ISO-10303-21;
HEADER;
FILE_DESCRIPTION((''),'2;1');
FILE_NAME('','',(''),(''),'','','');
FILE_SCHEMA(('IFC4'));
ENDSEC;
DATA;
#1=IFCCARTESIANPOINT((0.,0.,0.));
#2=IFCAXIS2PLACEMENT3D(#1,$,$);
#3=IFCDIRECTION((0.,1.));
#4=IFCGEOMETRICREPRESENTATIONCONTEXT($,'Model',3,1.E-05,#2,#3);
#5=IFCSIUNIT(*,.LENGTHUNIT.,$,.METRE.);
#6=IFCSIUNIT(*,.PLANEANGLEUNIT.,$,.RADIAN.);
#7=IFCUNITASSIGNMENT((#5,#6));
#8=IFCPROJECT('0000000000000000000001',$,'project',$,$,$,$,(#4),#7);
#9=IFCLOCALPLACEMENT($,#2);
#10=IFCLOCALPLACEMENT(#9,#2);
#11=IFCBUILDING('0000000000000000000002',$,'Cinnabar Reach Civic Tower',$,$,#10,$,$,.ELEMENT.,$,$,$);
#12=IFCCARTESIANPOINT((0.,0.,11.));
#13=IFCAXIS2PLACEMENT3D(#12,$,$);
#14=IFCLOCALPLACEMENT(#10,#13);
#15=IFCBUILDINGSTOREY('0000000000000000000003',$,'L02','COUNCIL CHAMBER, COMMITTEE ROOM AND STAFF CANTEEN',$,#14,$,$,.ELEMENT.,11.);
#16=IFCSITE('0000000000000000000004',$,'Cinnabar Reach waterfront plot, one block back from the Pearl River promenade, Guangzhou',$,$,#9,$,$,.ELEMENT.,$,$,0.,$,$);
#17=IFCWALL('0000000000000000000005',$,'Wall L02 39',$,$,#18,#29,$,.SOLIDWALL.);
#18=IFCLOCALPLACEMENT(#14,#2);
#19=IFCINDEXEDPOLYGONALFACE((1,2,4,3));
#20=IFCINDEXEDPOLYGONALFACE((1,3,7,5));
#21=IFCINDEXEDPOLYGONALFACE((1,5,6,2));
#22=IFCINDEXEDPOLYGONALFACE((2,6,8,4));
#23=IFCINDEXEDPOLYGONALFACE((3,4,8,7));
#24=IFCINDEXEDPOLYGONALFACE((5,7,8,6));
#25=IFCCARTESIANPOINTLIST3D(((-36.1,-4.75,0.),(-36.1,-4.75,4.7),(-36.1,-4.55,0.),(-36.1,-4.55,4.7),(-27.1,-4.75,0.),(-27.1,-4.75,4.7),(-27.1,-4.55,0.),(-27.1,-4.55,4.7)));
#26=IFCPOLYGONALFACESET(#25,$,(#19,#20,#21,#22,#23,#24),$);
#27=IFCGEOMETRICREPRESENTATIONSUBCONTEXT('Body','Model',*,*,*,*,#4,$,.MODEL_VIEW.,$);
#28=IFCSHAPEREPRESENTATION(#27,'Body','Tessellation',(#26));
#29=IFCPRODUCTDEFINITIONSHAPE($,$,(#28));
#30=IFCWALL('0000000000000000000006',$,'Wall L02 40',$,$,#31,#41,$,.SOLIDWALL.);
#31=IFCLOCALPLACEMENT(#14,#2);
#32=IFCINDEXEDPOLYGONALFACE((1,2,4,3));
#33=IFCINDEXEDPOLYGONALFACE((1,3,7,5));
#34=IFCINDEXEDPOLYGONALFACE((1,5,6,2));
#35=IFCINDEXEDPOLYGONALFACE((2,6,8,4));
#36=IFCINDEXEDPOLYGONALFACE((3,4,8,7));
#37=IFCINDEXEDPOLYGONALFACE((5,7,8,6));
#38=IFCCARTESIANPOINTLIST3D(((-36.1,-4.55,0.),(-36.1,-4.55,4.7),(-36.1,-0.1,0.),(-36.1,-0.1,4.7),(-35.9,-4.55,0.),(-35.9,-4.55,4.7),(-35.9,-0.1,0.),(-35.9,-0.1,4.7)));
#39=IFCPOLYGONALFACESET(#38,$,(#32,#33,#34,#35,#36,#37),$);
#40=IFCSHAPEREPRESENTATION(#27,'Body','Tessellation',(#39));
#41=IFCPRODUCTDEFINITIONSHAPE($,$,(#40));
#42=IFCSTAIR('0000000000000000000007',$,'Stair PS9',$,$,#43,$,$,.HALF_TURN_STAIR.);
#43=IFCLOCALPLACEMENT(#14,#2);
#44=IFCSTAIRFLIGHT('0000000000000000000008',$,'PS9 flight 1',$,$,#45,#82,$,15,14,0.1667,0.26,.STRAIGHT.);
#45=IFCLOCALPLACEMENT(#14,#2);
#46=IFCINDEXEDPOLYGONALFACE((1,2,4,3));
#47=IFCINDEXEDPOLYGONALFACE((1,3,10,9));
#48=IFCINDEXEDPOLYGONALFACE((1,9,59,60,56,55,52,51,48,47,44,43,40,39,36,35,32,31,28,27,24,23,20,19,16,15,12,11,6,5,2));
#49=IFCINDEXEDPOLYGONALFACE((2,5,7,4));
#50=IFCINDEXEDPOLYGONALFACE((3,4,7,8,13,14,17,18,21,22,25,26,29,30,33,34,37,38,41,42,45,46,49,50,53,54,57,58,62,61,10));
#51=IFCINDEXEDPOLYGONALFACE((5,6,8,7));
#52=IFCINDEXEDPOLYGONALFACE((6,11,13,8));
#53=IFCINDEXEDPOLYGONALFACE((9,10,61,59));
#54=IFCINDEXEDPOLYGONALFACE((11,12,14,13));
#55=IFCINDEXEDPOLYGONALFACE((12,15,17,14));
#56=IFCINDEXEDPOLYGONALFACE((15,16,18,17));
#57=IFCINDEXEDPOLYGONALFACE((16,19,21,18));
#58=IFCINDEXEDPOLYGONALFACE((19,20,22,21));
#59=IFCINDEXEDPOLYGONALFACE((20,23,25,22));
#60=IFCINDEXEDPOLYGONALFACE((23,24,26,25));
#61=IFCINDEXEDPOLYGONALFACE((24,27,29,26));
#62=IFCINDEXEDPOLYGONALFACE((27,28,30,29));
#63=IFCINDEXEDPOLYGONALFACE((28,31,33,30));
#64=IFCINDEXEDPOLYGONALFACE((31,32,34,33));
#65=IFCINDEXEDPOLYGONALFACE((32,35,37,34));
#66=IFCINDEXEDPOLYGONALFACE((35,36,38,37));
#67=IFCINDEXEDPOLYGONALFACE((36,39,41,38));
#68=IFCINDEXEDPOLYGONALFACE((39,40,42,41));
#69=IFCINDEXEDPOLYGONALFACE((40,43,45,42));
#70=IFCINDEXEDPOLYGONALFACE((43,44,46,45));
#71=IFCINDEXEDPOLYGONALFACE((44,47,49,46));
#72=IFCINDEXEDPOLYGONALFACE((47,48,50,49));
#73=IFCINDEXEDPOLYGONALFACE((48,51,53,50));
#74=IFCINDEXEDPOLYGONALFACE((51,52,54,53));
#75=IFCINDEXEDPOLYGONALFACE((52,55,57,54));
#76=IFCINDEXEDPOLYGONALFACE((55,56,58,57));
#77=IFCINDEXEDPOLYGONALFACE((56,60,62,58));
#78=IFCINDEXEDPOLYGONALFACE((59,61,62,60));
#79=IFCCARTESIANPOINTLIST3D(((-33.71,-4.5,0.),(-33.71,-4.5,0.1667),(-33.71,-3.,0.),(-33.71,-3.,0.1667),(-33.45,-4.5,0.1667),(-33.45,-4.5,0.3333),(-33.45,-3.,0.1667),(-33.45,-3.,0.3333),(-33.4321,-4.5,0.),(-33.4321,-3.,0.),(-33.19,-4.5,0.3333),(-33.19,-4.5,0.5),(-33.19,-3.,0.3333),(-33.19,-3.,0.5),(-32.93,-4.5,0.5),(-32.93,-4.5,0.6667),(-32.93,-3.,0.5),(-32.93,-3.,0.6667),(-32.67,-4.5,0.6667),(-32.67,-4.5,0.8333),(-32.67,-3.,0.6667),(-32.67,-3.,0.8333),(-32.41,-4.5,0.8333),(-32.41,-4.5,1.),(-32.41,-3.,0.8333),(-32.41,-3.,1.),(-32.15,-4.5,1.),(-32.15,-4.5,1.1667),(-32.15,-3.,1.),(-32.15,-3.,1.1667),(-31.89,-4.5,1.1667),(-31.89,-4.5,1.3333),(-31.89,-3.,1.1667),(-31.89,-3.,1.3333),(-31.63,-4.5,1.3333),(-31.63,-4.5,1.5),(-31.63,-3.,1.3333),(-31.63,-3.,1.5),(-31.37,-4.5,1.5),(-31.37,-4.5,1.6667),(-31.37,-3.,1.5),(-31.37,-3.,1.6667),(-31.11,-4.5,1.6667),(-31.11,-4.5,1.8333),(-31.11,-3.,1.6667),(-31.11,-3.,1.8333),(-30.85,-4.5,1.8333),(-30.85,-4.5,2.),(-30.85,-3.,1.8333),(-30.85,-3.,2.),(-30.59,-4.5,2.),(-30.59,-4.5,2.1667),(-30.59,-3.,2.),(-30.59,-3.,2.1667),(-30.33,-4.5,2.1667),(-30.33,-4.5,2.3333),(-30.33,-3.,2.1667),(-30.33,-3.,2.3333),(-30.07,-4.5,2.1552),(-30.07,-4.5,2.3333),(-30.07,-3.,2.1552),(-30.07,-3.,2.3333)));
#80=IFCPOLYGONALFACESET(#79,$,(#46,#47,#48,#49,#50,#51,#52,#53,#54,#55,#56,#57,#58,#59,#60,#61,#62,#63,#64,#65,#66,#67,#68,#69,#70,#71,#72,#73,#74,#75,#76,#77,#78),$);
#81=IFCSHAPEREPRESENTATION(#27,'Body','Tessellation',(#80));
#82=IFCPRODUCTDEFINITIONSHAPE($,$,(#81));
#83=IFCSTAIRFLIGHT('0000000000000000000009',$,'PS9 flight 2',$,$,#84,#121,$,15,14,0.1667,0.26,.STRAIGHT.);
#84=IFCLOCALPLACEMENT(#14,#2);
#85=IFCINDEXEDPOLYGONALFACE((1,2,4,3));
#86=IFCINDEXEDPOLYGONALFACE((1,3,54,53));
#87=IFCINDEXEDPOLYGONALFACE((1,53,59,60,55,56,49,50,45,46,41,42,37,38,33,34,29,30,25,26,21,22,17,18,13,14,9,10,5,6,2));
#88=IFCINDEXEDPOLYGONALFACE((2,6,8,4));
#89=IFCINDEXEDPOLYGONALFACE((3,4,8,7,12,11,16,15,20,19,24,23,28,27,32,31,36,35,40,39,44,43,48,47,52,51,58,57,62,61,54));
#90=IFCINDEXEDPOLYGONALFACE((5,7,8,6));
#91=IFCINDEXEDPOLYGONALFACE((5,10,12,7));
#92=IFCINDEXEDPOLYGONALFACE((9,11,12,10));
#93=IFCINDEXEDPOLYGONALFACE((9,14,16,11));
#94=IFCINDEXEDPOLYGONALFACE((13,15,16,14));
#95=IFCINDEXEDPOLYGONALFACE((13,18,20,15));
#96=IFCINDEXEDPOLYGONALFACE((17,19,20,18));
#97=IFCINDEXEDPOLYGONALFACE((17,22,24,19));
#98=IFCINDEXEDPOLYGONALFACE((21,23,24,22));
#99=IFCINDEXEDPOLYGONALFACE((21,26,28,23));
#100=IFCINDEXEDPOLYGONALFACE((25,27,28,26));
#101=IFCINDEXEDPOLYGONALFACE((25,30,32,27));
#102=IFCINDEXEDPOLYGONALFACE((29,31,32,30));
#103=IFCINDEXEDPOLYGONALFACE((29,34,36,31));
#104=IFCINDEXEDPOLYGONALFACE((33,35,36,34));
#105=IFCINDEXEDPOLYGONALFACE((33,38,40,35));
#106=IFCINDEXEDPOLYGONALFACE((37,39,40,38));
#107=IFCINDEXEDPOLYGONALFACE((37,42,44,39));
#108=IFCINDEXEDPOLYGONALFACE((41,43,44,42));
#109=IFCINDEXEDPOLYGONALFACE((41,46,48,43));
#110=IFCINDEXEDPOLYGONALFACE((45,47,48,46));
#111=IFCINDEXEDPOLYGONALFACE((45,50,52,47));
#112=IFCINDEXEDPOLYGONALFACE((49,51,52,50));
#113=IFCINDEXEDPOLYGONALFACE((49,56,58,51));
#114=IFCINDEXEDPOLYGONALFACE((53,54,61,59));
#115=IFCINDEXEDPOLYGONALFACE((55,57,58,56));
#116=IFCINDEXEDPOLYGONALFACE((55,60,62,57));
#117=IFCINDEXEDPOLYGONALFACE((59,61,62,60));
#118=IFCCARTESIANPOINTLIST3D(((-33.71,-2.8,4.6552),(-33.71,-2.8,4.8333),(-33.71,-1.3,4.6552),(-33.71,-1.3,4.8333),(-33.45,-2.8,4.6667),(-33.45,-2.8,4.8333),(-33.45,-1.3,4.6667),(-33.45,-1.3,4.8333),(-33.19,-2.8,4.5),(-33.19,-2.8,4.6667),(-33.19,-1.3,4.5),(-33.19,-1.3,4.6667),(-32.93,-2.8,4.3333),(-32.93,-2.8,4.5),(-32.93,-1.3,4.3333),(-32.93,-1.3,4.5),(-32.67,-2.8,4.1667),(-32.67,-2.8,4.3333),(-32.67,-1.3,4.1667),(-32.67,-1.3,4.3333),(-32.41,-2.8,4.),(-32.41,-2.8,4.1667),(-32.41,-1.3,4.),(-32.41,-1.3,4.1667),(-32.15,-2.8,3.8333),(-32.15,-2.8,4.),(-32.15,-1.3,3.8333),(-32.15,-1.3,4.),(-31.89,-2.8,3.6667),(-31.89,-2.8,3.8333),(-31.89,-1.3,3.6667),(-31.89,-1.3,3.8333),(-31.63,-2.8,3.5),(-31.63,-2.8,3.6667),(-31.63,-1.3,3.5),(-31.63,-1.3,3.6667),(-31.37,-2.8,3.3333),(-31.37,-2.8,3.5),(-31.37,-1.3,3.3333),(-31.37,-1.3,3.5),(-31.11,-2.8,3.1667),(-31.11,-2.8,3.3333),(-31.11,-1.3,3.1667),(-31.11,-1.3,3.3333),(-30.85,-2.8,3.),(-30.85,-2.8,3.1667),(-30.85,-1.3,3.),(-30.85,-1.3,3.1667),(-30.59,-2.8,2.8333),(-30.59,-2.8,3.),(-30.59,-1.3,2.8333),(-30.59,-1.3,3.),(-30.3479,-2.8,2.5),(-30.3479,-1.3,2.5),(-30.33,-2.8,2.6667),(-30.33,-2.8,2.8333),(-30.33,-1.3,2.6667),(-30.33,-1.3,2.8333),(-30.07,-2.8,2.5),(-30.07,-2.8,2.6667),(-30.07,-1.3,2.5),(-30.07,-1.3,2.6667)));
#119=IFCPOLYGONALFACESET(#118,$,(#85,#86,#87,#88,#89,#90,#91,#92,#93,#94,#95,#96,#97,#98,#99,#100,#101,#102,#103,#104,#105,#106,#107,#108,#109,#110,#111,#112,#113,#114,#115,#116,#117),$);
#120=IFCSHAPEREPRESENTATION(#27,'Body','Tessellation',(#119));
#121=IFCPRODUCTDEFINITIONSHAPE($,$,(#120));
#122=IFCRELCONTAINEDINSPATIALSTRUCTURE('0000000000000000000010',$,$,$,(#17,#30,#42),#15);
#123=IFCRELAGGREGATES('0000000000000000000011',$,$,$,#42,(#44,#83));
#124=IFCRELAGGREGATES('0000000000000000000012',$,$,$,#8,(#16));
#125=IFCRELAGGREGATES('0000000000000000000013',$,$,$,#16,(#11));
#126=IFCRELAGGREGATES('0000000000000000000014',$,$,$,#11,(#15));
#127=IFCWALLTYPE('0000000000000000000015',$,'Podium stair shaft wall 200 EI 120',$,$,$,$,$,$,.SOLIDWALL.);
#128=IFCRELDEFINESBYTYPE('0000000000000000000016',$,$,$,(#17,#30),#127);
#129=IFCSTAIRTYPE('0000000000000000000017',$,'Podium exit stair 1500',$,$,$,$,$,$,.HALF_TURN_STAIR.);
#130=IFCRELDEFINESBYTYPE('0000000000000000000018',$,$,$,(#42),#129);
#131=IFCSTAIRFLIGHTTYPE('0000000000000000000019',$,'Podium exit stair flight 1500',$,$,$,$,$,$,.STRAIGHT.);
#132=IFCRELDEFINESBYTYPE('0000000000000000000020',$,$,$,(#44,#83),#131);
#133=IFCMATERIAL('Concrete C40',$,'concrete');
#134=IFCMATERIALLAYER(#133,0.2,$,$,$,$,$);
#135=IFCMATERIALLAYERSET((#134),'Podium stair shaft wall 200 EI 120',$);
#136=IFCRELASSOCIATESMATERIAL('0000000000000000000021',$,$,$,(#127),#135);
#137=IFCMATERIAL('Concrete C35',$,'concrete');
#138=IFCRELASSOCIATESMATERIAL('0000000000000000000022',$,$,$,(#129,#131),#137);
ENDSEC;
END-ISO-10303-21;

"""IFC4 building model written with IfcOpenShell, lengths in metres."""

from ifc_helpers import new_model, si_unit, direction, frame, frame_2d, origin, place, context, subcontext, project, spatial, polyline, rectangle, outline, extrude, material, layer, layer_set, type_object, element, aggregate, save


model = new_model("IFC4")

# Units and contexts
model_context = context("Model", 3, precision=1e-05, world=origin(), true_north=direction((0.0, 1.0)))
body_context = subcontext(model_context, "Body", "Model", "MODEL_VIEW")
ifc_project = project(units=[si_unit("LENGTHUNIT", "METRE"), si_unit("PLANEANGLEUNIT", "RADIAN")], contexts=[model_context])

# Site, building, storey
site_placement = place(None, origin())
site = spatial("IfcSite", under=ifc_project, at=site_placement, Name="Cinnabar Reach waterfront plot, one block back from the Pearl River promenade, Guangzhou", CompositionType="ELEMENT", RefElevation=0.0)
building_placement = place(site_placement, origin())
building = spatial("IfcBuilding", under=site, at=building_placement, Name="Cinnabar Reach Civic Tower", CompositionType="ELEMENT")
storey_placement = place(building_placement, frame((0.0, 0.0, 11.0)))
storey = spatial("IfcBuildingStorey", under=building, at=storey_placement, Name="L02", Description="COUNCIL CHAMBER, COMMITTEE ROOM AND STAFF CANTEEN", CompositionType="ELEMENT", Elevation=11.0)

# Shared definitions
ifc_material_1 = material(Name="Concrete C40", Category="concrete")
ifc_layer_1 = layer(ifc_material_1, 0.2)
ifc_layer_set_1 = layer_set([ifc_layer_1], Name="Podium stair shaft wall 200 EI 120")
wall_type_1 = type_object("IfcWallType", Name="Podium stair shaft wall 200 EI 120", PredefinedType="SOLIDWALL", material=ifc_layer_set_1)

# Walls
wall_1_placement = place(storey_placement, frame((-36.1, -4.65, 0.0), z_axis=(0.0, 0.0, 1.0), x_axis=(1.0, 0.0, 0.0)))
element("IfcWall", 1, at=wall_1_placement, inside=storey, type_object=wall_type_1, Name="Wall L02 39", PredefinedType="SOLIDWALL", context=body_context, shape_type="SweptSolid", body=[
    extrude(rectangle(XDim=9.0, YDim=0.2, at=frame_2d((4.5, 0.0))), origin(), (0.0, 0.0, 1.0), 4.7),
])
wall_2_placement = place(storey_placement, frame((-36.0, -4.55, 0.0), z_axis=(0.0, 0.0, 1.0), x_axis=(0.0, 1.0, 0.0)))
element("IfcWall", 2, at=wall_2_placement, inside=storey, type_object=wall_type_1, Name="Wall L02 40", PredefinedType="SOLIDWALL", context=body_context, shape_type="SweptSolid", body=[
    extrude(rectangle(XDim=4.45, YDim=0.2, at=frame_2d((2.225, 0.0))), origin(), (0.0, 0.0, 1.0), 4.7),
])

# Stair, stair flights
ifc_material_2 = material(Name="Concrete C35", Category="concrete")
stair_type = type_object("IfcStairType", Name="Podium exit stair 1500", PredefinedType="HALF_TURN_STAIR", material=ifc_material_2)
stair_placement = place(storey_placement, origin())
stair = element("IfcStair", 3, at=stair_placement, inside=storey, type_object=stair_type, Name="Stair PS9", PredefinedType="HALF_TURN_STAIR")
stair_flight_type = type_object("IfcStairFlightType", Name="Podium exit stair flight 1500", PredefinedType="STRAIGHT", material=ifc_material_2)
stair_flight_1_placement = place(storey_placement, frame((-33.71, -3.75, 0.0), z_axis=(0.0, 0.0, 1.0), x_axis=(1.0, 0.0, 0.0)))
stair_flight_1 = element("IfcStairFlight", 4, at=stair_flight_1_placement, type_object=stair_flight_type, Name="PS9 flight 1", NumberOfRisers=15, NumberOfTreads=14, PredefinedType="STRAIGHT", RiserHeight=0.1667, TreadLength=0.26, context=body_context, shape_type="SweptSolid", body=[
    extrude(outline(polyline([(0.0, 0.0), (0.0, 0.1667), (0.26, 0.1667), (0.26, 0.3333), (0.52, 0.3333), (0.52, 0.5), (0.78, 0.5), (0.78, 0.6667), (1.04, 0.6667), (1.04, 0.8333), (1.3, 0.8333), (1.3, 1.0), (1.56, 1.0), (1.56, 1.1667), (1.82, 1.1667), (1.82, 1.3333), (2.08, 1.3333), (2.08, 1.5), (2.34, 1.5), (2.34, 1.6667), (2.6, 1.6667), (2.6, 1.8333), (2.86, 1.8333), (2.86, 2.0), (3.12, 2.0), (3.12, 2.1667), (3.38, 2.1667), (3.38, 2.3333), (3.64, 2.3333), (3.64, 2.5), (3.64, 2.1552), (0.2779, 0.0), (0.0, 0.0)])), frame((0.0, 0.75, 0.0), z_axis=(0.0, -1.0, 0.0), x_axis=(1.0, 0.0, 0.0)), (0.0, 0.0, 1.0), 1.5),
])
stair_flight_2_placement = place(storey_placement, frame((-30.07, -2.05, 2.5), z_axis=(0.0, 0.0, 1.0), x_axis=(-1.0, 0.0, 0.0)))
stair_flight_2 = element("IfcStairFlight", 5, at=stair_flight_2_placement, type_object=stair_flight_type, Name="PS9 flight 2", NumberOfRisers=15, NumberOfTreads=14, PredefinedType="STRAIGHT", RiserHeight=0.1667, TreadLength=0.26, context=body_context, shape_type="SweptSolid", body=[
    extrude(outline(polyline([(0.0, 0.0), (0.0, 0.1667), (0.26, 0.1667), (0.26, 0.3333), (0.52, 0.3333), (0.52, 0.5), (0.78, 0.5), (0.78, 0.6667), (1.04, 0.6667), (1.04, 0.8333), (1.3, 0.8333), (1.3, 1.0), (1.56, 1.0), (1.56, 1.1667), (1.82, 1.1667), (1.82, 1.3333), (2.08, 1.3333), (2.08, 1.5), (2.34, 1.5), (2.34, 1.6667), (2.6, 1.6667), (2.6, 1.8333), (2.86, 1.8333), (2.86, 2.0), (3.12, 2.0), (3.12, 2.1667), (3.38, 2.1667), (3.38, 2.3333), (3.64, 2.3333), (3.64, 2.5), (3.64, 2.1552), (0.2779, 0.0), (0.0, 0.0)])), frame((0.0, 0.75, 0.0), z_axis=(0.0, -1.0, 0.0), x_axis=(1.0, 0.0, 0.0)), (0.0, 0.0, 1.0), 1.5),
])
aggregate(stair, [stair_flight_1, stair_flight_2])

save(model, "model.ifc")
